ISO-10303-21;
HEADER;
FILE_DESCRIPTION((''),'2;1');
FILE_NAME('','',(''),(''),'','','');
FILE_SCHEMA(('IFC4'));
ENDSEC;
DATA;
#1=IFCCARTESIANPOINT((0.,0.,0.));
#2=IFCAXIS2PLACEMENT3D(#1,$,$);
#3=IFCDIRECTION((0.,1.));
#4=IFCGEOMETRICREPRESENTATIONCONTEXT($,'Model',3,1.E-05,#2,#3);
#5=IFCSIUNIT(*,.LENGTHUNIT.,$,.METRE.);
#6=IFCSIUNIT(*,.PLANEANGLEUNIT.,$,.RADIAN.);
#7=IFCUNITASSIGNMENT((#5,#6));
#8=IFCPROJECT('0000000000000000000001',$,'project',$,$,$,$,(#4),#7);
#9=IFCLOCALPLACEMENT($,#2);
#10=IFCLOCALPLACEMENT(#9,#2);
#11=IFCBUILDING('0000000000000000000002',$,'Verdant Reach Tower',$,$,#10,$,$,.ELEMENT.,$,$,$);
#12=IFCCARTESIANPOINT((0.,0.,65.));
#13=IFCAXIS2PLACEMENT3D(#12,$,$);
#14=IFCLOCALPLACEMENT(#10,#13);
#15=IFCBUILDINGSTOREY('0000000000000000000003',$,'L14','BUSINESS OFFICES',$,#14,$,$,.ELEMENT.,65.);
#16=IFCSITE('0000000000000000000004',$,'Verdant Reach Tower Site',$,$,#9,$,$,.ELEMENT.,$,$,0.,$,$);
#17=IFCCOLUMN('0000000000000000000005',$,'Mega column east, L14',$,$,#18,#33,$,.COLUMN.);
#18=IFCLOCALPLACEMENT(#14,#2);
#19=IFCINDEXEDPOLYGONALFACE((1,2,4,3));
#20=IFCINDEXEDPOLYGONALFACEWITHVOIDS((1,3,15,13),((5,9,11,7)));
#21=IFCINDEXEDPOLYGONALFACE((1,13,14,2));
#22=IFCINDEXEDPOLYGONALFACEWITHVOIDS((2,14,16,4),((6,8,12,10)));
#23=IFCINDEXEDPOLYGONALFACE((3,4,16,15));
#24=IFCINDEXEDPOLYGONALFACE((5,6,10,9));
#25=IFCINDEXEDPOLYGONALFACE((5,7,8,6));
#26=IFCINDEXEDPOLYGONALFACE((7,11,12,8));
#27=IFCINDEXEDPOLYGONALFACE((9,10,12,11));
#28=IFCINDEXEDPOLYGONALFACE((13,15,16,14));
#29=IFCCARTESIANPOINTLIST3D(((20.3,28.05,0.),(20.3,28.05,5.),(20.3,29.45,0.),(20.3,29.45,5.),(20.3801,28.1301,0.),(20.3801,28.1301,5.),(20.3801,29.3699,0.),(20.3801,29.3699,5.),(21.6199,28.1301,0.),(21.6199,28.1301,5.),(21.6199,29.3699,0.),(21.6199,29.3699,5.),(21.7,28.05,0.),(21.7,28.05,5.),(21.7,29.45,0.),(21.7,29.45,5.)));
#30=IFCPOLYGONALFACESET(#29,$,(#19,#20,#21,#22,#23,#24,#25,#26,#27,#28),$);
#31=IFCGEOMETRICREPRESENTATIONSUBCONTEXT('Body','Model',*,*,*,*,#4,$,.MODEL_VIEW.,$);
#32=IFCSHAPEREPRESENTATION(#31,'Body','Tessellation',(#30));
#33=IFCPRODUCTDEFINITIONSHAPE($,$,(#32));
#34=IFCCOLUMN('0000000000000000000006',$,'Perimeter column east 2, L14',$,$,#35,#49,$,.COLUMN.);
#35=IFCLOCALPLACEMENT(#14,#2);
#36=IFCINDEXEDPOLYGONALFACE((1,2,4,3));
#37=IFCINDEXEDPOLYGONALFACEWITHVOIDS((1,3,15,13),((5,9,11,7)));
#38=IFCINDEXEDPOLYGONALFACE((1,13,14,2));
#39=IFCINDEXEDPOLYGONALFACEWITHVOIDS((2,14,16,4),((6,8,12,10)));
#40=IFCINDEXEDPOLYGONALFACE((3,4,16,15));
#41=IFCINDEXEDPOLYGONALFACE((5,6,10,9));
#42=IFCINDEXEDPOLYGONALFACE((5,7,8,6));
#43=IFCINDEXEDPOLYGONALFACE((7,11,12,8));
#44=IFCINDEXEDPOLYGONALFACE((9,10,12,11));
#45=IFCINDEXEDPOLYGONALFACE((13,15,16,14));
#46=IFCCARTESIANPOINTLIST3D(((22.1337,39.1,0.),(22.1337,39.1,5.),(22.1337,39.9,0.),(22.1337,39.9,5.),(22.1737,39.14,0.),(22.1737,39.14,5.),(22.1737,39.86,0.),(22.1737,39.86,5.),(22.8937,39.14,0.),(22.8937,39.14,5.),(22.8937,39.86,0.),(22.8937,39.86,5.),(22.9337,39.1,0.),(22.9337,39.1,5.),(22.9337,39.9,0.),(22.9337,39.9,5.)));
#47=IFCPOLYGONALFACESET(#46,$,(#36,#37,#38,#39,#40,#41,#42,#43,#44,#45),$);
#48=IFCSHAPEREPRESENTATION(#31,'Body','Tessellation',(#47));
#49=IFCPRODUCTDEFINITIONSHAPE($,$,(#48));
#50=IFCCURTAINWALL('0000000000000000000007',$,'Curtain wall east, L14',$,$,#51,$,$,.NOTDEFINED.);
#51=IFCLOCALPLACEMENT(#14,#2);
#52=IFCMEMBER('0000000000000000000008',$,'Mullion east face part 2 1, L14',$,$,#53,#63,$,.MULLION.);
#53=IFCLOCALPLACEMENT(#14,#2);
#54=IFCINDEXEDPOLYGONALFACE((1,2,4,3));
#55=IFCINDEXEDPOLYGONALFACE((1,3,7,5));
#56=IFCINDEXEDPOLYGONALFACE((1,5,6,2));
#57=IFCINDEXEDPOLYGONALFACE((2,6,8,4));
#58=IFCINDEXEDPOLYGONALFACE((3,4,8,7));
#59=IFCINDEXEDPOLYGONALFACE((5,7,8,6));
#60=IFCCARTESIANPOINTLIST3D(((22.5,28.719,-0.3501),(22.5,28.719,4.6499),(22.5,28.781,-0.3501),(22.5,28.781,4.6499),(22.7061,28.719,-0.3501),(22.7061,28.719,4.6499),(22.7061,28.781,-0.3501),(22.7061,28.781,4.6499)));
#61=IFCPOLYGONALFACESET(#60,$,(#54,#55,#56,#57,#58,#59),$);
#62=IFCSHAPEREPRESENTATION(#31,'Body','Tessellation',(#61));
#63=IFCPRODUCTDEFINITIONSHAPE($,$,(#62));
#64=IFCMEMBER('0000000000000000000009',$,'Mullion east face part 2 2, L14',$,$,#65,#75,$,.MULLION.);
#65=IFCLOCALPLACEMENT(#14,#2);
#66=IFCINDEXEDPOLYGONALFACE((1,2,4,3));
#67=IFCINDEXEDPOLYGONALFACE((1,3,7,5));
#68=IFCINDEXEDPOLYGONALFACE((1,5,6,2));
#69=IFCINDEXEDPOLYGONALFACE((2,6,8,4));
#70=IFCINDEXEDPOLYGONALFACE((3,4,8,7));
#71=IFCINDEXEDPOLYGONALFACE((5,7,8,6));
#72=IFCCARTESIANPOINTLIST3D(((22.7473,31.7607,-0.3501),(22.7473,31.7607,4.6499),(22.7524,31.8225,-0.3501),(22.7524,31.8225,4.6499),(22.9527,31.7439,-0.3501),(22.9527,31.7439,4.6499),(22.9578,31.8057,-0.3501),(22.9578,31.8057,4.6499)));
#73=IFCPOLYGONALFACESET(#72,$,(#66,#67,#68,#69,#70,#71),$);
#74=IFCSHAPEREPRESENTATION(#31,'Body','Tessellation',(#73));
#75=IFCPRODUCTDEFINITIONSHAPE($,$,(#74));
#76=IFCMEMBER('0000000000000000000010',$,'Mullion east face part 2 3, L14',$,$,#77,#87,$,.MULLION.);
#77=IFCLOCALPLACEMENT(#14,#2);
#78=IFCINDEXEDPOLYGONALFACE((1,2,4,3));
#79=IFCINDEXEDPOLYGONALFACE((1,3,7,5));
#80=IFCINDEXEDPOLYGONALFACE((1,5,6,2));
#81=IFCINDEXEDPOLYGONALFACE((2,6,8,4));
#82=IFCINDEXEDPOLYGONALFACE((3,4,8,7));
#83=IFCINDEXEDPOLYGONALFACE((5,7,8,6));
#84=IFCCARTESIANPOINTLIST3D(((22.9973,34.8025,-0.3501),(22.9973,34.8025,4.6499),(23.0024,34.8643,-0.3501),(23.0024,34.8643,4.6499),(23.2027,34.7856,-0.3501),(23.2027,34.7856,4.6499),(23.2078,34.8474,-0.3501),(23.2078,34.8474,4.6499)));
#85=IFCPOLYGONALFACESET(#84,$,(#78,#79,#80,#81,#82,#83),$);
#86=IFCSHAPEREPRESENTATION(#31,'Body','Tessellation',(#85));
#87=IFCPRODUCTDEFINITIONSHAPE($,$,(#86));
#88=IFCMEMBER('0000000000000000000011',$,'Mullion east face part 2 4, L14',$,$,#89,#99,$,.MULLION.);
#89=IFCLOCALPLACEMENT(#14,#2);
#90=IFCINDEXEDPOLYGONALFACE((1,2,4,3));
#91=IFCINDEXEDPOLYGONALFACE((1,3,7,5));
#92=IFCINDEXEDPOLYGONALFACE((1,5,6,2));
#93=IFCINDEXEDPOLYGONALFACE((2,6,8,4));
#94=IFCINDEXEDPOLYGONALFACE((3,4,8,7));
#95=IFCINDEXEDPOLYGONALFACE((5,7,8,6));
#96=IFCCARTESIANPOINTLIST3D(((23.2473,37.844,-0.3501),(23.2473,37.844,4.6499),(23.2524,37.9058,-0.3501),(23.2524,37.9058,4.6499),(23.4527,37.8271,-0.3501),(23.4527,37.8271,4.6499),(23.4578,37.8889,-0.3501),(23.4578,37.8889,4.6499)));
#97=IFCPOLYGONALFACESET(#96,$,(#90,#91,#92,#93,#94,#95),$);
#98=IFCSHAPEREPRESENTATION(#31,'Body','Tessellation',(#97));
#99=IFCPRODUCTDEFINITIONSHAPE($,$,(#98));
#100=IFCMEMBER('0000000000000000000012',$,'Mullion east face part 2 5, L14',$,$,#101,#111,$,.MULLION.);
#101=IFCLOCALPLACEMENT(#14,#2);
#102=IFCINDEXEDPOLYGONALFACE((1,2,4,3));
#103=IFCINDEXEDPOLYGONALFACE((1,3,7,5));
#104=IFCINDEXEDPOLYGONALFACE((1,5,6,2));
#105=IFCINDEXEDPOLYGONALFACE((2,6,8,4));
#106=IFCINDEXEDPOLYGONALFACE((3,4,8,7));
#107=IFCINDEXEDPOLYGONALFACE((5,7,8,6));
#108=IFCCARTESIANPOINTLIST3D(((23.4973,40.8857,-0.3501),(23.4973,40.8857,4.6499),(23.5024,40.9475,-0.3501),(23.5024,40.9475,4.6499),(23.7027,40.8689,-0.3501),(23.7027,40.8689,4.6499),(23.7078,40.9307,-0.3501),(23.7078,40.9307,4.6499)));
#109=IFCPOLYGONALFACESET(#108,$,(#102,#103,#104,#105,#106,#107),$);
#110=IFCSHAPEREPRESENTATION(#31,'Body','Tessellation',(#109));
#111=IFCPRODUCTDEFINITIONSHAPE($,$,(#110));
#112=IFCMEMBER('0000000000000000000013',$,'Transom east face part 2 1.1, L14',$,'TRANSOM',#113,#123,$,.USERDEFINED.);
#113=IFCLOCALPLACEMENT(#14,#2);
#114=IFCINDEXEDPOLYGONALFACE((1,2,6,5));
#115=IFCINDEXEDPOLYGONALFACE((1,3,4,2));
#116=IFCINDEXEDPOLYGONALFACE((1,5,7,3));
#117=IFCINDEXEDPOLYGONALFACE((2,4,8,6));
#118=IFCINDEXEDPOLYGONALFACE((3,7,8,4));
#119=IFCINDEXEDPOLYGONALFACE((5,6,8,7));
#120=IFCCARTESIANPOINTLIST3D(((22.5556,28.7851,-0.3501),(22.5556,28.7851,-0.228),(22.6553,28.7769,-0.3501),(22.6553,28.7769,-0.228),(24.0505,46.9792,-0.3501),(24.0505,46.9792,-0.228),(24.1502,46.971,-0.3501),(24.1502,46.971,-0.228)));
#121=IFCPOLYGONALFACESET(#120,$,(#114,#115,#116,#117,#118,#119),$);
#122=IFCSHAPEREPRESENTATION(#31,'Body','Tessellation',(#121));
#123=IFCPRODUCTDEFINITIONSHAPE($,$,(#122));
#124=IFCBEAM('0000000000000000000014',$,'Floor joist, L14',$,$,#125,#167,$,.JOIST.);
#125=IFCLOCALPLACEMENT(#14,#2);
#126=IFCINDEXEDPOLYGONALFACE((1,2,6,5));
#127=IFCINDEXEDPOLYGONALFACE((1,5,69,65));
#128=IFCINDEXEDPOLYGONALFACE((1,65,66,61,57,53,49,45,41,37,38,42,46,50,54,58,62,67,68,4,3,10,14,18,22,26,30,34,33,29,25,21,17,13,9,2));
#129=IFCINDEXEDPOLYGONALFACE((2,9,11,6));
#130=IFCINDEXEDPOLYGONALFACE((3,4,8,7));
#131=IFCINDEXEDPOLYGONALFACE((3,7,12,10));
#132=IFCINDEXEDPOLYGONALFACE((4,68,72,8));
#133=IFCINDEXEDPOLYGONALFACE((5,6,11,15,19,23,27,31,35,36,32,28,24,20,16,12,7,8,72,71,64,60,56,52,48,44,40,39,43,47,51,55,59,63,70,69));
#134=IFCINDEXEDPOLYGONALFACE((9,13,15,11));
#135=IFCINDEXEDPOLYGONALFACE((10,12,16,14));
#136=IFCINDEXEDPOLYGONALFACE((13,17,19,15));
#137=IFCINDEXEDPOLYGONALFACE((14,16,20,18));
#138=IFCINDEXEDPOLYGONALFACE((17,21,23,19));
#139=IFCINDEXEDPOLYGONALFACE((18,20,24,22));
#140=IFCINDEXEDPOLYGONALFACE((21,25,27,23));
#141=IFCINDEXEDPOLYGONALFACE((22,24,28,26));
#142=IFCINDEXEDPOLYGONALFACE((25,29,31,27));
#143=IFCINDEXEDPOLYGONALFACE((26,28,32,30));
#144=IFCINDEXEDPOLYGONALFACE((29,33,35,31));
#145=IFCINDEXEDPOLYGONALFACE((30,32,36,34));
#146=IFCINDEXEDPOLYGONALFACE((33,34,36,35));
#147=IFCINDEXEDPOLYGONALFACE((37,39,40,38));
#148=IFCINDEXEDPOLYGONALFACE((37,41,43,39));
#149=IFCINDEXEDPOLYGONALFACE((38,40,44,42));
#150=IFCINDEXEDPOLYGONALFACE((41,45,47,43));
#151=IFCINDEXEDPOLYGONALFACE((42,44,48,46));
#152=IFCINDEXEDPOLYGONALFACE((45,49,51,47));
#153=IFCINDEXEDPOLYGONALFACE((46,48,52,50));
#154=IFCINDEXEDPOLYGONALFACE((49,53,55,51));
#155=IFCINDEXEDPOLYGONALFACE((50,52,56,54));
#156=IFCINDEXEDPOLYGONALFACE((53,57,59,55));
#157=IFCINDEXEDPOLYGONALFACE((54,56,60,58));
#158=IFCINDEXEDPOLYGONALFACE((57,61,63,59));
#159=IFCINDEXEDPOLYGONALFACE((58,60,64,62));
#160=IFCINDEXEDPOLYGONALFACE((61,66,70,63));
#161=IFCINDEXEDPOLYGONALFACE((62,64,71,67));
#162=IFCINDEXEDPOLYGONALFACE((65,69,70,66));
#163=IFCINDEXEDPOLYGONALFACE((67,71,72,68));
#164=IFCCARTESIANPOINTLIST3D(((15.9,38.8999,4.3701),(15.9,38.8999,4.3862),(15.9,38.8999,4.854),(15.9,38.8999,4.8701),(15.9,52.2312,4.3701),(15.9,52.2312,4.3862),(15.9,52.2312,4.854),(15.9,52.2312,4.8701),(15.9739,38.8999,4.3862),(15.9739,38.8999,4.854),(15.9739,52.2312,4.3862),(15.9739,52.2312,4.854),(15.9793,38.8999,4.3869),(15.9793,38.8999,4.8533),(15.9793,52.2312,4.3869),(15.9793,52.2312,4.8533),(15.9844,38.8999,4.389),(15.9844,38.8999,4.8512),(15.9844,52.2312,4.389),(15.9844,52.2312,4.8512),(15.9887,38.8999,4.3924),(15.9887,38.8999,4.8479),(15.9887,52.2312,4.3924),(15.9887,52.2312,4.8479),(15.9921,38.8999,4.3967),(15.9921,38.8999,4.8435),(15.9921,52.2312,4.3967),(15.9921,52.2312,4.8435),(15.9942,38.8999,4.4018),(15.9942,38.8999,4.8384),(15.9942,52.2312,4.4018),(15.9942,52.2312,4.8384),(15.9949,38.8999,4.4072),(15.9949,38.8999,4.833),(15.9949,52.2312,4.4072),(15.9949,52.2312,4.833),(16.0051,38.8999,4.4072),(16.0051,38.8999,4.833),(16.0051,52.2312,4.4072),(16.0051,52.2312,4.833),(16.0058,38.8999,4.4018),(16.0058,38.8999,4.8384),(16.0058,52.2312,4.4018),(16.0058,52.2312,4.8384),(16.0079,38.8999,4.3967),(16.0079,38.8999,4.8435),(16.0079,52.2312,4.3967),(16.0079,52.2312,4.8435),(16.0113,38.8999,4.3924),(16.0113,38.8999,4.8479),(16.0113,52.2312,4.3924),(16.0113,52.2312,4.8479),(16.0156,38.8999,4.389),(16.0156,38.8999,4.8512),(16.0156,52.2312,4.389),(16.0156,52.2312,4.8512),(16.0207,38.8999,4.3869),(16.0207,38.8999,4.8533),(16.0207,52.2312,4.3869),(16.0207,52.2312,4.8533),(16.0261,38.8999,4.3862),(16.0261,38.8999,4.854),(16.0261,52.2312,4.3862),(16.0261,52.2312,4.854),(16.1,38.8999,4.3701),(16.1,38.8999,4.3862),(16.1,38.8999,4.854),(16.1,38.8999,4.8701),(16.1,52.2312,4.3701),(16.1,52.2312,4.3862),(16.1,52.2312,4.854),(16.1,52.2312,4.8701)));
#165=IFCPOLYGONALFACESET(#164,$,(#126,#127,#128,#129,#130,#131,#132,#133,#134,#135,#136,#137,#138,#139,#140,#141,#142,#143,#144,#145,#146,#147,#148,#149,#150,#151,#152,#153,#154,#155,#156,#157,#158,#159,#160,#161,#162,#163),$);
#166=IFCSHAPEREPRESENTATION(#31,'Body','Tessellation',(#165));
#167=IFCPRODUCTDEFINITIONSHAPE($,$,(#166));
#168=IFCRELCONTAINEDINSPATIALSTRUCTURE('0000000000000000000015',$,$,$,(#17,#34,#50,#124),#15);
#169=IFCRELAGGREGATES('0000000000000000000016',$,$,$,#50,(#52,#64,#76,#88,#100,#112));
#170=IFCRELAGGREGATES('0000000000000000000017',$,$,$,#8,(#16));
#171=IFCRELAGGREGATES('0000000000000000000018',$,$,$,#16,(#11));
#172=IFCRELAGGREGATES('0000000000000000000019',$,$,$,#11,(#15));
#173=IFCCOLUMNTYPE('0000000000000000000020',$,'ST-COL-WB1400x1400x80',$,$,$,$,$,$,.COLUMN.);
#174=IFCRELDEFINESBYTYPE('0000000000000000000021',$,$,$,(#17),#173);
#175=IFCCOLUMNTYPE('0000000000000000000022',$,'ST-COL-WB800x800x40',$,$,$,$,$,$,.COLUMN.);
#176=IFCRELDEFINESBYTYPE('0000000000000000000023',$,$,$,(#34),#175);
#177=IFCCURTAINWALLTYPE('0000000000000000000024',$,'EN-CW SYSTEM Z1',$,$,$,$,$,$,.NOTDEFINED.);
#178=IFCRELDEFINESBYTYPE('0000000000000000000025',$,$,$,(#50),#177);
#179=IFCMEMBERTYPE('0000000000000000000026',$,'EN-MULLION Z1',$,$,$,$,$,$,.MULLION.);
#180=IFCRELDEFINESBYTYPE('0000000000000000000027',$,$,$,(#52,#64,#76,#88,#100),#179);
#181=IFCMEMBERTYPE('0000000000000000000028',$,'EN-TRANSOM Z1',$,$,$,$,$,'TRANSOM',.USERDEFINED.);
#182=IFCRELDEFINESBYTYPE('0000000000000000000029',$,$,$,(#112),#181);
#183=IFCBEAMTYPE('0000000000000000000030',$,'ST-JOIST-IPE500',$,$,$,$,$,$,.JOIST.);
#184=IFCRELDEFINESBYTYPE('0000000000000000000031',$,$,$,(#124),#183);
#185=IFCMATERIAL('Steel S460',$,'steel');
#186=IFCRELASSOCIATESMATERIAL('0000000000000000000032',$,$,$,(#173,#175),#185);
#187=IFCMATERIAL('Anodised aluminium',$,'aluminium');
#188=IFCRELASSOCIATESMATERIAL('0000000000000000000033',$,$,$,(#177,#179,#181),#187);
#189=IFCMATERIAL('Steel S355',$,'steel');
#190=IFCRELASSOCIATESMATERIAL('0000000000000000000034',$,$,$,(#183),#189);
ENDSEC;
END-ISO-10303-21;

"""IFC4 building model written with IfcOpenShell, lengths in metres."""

from ifc_helpers import new_model, si_unit, direction, frame, origin, origin_2d, place, context, subcontext, project, spatial, rectangle, hollow_rectangle, i_section, extrude, material, material_profile, profile_set, type_object, element, aggregate, save


model = new_model("IFC4")

# Units and contexts
model_context = context("Model", 3, precision=1e-05, world=origin(), true_north=direction((0.0, 1.0)))
body_context = subcontext(model_context, "Body", "Model", "MODEL_VIEW")
ifc_project = project(units=[si_unit("LENGTHUNIT", "METRE"), si_unit("PLANEANGLEUNIT", "RADIAN")], contexts=[model_context])

# Site, building, storey
site_placement = place(None, origin())
site = spatial("IfcSite", under=ifc_project, at=site_placement, Name="Verdant Reach Tower Site", CompositionType="ELEMENT", RefElevation=0.0)
building_placement = place(site_placement, origin())
building = spatial("IfcBuilding", under=site, at=building_placement, Name="Verdant Reach Tower", CompositionType="ELEMENT")
storey_placement = place(building_placement, frame((0.0, 0.0, 65.0)))
storey = spatial("IfcBuildingStorey", under=building, at=storey_placement, Name="L14", Description="BUSINESS OFFICES", CompositionType="ELEMENT", Elevation=65.0)

# Columns
ifc_material_1 = material(Name="Steel S460", Category="steel")
ifc_material_profile_1 = material_profile(ifc_material_1, hollow_rectangle(XDim=1.3999, YDim=1.3999, WallThickness=0.0801, at=origin_2d()), Name="WB 1400x1400x80")
ifc_profile_set_1 = profile_set([ifc_material_profile_1], Name="Steel S460")
column_type_1 = type_object("IfcColumnType", Name="ST-COL-WB1400x1400x80", PredefinedType="COLUMN", material=ifc_profile_set_1)
column_1_placement = place(storey_placement, frame((21.0, 28.75, 0.0), z_axis=(0.0, 0.0, 1.0), x_axis=(1.0, 0.0, 0.0)))
element("IfcColumn", 1, at=column_1_placement, inside=storey, type_object=column_type_1, Name="Mega column east, L14", PredefinedType="COLUMN", context=body_context, shape_type="SweptSolid", body=[
    extrude(hollow_rectangle(XDim=1.3999, YDim=1.3999, WallThickness=0.0801, at=origin_2d()), origin(), (0.0, 0.0, 1.0), 5.0),
])
ifc_material_profile_2 = material_profile(ifc_material_1, hollow_rectangle(XDim=0.8, YDim=0.8, WallThickness=0.04, at=origin_2d()), Name="WB 800x800x40")
ifc_profile_set_2 = profile_set([ifc_material_profile_2], Name="Steel S460")
column_type_2 = type_object("IfcColumnType", Name="ST-COL-WB800x800x40", PredefinedType="COLUMN", material=ifc_profile_set_2)
column_2_placement = place(storey_placement, frame((22.5337, 39.5, 0.0), z_axis=(0.0, 0.0, 1.0), x_axis=(1.0, 0.0, 0.0)))
element("IfcColumn", 2, at=column_2_placement, inside=storey, type_object=column_type_2, Name="Perimeter column east 2, L14", PredefinedType="COLUMN", context=body_context, shape_type="SweptSolid", body=[
    extrude(hollow_rectangle(XDim=0.8, YDim=0.8, WallThickness=0.04, at=origin_2d()), origin(), (0.0, 0.0, 1.0), 5.0),
])

# Curtain wall, members
ifc_material_2 = material(Name="Anodised aluminium", Category="aluminium")
curtain_wall_type = type_object("IfcCurtainWallType", Name="EN-CW SYSTEM Z1", PredefinedType="NOTDEFINED", material=ifc_material_2)
curtain_wall_placement = place(storey_placement, origin())
curtain_wall = element("IfcCurtainWall", 3, at=curtain_wall_placement, inside=storey, type_object=curtain_wall_type, Name="Curtain wall east, L14", PredefinedType="NOTDEFINED")
ifc_material_profile_3 = material_profile(ifc_material_2, rectangle(XDim=0.2061, YDim=0.062, at=origin_2d()), Name="Mullion 62x206")
ifc_profile_set_3 = profile_set([ifc_material_profile_3], Name="Anodised aluminium")
member_type_1 = type_object("IfcMemberType", Name="EN-MULLION Z1", PredefinedType="MULLION", material=ifc_profile_set_3)
member_1_placement = place(storey_placement, frame((22.603, 28.75, -0.3501), z_axis=(0.0, 0.0, 1.0), x_axis=(1.0, 0.0, 0.0)))
member_1 = element("IfcMember", 4, at=member_1_placement, type_object=member_type_1, Name="Mullion east face part 2 1, L14", PredefinedType="MULLION", context=body_context, shape_type="SweptSolid", body=[
    extrude(rectangle(XDim=0.2061, YDim=0.062, at=origin_2d()), origin(), (0.0, 0.0, 1.0), 5.0),
])
member_2_placement = place(storey_placement, frame((22.8525, 31.7832, -0.3501), z_axis=(0.0, 0.0, 1.0), x_axis=(0.996639, -0.081916, 0.0)))
member_2 = element("IfcMember", 5, at=member_2_placement, type_object=member_type_1, Name="Mullion east face part 2 2, L14", PredefinedType="MULLION", context=body_context, shape_type="SweptSolid", body=[
    extrude(rectangle(XDim=0.2061, YDim=0.062, at=origin_2d()), origin(), (0.0, 0.0, 1.0), 5.0),
])
member_3_placement = place(storey_placement, frame((23.1025, 34.825, -0.3501), z_axis=(0.0, 0.0, 1.0), x_axis=(0.996639, -0.081916, 0.0)))
member_3 = element("IfcMember", 6, at=member_3_placement, type_object=member_type_1, Name="Mullion east face part 2 3, L14", PredefinedType="MULLION", context=body_context, shape_type="SweptSolid", body=[
    extrude(rectangle(XDim=0.2061, YDim=0.062, at=origin_2d()), origin(), (0.0, 0.0, 1.0), 5.0),
])
member_4_placement = place(storey_placement, frame((23.3525, 37.8665, -0.3501), z_axis=(0.0, 0.0, 1.0), x_axis=(0.996639, -0.081916, 0.0)))
member_4 = element("IfcMember", 7, at=member_4_placement, type_object=member_type_1, Name="Mullion east face part 2 4, L14", PredefinedType="MULLION", context=body_context, shape_type="SweptSolid", body=[
    extrude(rectangle(XDim=0.2061, YDim=0.062, at=origin_2d()), origin(), (0.0, 0.0, 1.0), 5.0),
])
member_5_placement = place(storey_placement, frame((23.6025, 40.9082, -0.3501), z_axis=(0.0, 0.0, 1.0), x_axis=(0.996639, -0.081916, 0.0)))
member_5 = element("IfcMember", 8, at=member_5_placement, type_object=member_type_1, Name="Mullion east face part 2 5, L14", PredefinedType="MULLION", context=body_context, shape_type="SweptSolid", body=[
    extrude(rectangle(XDim=0.2061, YDim=0.062, at=origin_2d()), origin(), (0.0, 0.0, 1.0), 5.0),
])
ifc_material_profile_4 = material_profile(ifc_material_2, rectangle(XDim=0.1001, YDim=0.1221, at=origin_2d()), Name="Transom 122x100")
ifc_profile_set_4 = profile_set([ifc_material_profile_4], Name="Anodised aluminium")
member_type_2 = type_object("IfcMemberType", Name="EN-TRANSOM Z1", ElementType="TRANSOM", PredefinedType="USERDEFINED", material=ifc_profile_set_4)
member_6_placement = place(storey_placement, frame((22.6055, 28.781, -0.2891), z_axis=(0.081887, 0.996642, 0.0), x_axis=(-0.996642, 0.081887, 0.0)))
member_6 = element("IfcMember", 9, at=member_6_placement, type_object=member_type_2, Name="Transom east face part 2 1.1, L14", ObjectType="TRANSOM", PredefinedType="USERDEFINED", context=body_context, shape_type="SweptSolid", body=[
    extrude(rectangle(XDim=0.1001, YDim=0.1221, at=origin_2d()), origin(), (0.0, 0.0, 1.0), 18.2554),
])

# Beam
ifc_material_3 = material(Name="Steel S355", Category="steel")
ifc_material_profile_5 = material_profile(ifc_material_3, i_section(OverallWidth=0.2, OverallDepth=0.5, WebThickness=0.0103, FlangeThickness=0.0161, FilletRadius=0.021, at=origin_2d()), Name="IPE 500")
ifc_profile_set_5 = profile_set([ifc_material_profile_5], Name="Steel S355")
beam_type_1 = type_object("IfcBeamType", Name="ST-JOIST-IPE500", PredefinedType="JOIST", material=ifc_profile_set_5)
beam_1_placement = place(storey_placement, frame((16.0, 38.8999, 4.6201), z_axis=(0.0, 1.0, 0.0), x_axis=(-1.0, 0.0, 0.0)))
element("IfcBeam", 10, at=beam_1_placement, inside=storey, type_object=beam_type_1, Name="Floor joist, L14", PredefinedType="JOIST", context=body_context, shape_type="SweptSolid", body=[
    extrude(i_section(OverallWidth=0.2, OverallDepth=0.5, WebThickness=0.0103, FlangeThickness=0.0161, FilletRadius=0.021, at=origin_2d()), origin(), (0.0, 0.0, 1.0), 13.3313),
])

aggregate(curtain_wall, [member_1, member_2, member_3, member_4, member_5, member_6])

save(model, "model.ifc")
